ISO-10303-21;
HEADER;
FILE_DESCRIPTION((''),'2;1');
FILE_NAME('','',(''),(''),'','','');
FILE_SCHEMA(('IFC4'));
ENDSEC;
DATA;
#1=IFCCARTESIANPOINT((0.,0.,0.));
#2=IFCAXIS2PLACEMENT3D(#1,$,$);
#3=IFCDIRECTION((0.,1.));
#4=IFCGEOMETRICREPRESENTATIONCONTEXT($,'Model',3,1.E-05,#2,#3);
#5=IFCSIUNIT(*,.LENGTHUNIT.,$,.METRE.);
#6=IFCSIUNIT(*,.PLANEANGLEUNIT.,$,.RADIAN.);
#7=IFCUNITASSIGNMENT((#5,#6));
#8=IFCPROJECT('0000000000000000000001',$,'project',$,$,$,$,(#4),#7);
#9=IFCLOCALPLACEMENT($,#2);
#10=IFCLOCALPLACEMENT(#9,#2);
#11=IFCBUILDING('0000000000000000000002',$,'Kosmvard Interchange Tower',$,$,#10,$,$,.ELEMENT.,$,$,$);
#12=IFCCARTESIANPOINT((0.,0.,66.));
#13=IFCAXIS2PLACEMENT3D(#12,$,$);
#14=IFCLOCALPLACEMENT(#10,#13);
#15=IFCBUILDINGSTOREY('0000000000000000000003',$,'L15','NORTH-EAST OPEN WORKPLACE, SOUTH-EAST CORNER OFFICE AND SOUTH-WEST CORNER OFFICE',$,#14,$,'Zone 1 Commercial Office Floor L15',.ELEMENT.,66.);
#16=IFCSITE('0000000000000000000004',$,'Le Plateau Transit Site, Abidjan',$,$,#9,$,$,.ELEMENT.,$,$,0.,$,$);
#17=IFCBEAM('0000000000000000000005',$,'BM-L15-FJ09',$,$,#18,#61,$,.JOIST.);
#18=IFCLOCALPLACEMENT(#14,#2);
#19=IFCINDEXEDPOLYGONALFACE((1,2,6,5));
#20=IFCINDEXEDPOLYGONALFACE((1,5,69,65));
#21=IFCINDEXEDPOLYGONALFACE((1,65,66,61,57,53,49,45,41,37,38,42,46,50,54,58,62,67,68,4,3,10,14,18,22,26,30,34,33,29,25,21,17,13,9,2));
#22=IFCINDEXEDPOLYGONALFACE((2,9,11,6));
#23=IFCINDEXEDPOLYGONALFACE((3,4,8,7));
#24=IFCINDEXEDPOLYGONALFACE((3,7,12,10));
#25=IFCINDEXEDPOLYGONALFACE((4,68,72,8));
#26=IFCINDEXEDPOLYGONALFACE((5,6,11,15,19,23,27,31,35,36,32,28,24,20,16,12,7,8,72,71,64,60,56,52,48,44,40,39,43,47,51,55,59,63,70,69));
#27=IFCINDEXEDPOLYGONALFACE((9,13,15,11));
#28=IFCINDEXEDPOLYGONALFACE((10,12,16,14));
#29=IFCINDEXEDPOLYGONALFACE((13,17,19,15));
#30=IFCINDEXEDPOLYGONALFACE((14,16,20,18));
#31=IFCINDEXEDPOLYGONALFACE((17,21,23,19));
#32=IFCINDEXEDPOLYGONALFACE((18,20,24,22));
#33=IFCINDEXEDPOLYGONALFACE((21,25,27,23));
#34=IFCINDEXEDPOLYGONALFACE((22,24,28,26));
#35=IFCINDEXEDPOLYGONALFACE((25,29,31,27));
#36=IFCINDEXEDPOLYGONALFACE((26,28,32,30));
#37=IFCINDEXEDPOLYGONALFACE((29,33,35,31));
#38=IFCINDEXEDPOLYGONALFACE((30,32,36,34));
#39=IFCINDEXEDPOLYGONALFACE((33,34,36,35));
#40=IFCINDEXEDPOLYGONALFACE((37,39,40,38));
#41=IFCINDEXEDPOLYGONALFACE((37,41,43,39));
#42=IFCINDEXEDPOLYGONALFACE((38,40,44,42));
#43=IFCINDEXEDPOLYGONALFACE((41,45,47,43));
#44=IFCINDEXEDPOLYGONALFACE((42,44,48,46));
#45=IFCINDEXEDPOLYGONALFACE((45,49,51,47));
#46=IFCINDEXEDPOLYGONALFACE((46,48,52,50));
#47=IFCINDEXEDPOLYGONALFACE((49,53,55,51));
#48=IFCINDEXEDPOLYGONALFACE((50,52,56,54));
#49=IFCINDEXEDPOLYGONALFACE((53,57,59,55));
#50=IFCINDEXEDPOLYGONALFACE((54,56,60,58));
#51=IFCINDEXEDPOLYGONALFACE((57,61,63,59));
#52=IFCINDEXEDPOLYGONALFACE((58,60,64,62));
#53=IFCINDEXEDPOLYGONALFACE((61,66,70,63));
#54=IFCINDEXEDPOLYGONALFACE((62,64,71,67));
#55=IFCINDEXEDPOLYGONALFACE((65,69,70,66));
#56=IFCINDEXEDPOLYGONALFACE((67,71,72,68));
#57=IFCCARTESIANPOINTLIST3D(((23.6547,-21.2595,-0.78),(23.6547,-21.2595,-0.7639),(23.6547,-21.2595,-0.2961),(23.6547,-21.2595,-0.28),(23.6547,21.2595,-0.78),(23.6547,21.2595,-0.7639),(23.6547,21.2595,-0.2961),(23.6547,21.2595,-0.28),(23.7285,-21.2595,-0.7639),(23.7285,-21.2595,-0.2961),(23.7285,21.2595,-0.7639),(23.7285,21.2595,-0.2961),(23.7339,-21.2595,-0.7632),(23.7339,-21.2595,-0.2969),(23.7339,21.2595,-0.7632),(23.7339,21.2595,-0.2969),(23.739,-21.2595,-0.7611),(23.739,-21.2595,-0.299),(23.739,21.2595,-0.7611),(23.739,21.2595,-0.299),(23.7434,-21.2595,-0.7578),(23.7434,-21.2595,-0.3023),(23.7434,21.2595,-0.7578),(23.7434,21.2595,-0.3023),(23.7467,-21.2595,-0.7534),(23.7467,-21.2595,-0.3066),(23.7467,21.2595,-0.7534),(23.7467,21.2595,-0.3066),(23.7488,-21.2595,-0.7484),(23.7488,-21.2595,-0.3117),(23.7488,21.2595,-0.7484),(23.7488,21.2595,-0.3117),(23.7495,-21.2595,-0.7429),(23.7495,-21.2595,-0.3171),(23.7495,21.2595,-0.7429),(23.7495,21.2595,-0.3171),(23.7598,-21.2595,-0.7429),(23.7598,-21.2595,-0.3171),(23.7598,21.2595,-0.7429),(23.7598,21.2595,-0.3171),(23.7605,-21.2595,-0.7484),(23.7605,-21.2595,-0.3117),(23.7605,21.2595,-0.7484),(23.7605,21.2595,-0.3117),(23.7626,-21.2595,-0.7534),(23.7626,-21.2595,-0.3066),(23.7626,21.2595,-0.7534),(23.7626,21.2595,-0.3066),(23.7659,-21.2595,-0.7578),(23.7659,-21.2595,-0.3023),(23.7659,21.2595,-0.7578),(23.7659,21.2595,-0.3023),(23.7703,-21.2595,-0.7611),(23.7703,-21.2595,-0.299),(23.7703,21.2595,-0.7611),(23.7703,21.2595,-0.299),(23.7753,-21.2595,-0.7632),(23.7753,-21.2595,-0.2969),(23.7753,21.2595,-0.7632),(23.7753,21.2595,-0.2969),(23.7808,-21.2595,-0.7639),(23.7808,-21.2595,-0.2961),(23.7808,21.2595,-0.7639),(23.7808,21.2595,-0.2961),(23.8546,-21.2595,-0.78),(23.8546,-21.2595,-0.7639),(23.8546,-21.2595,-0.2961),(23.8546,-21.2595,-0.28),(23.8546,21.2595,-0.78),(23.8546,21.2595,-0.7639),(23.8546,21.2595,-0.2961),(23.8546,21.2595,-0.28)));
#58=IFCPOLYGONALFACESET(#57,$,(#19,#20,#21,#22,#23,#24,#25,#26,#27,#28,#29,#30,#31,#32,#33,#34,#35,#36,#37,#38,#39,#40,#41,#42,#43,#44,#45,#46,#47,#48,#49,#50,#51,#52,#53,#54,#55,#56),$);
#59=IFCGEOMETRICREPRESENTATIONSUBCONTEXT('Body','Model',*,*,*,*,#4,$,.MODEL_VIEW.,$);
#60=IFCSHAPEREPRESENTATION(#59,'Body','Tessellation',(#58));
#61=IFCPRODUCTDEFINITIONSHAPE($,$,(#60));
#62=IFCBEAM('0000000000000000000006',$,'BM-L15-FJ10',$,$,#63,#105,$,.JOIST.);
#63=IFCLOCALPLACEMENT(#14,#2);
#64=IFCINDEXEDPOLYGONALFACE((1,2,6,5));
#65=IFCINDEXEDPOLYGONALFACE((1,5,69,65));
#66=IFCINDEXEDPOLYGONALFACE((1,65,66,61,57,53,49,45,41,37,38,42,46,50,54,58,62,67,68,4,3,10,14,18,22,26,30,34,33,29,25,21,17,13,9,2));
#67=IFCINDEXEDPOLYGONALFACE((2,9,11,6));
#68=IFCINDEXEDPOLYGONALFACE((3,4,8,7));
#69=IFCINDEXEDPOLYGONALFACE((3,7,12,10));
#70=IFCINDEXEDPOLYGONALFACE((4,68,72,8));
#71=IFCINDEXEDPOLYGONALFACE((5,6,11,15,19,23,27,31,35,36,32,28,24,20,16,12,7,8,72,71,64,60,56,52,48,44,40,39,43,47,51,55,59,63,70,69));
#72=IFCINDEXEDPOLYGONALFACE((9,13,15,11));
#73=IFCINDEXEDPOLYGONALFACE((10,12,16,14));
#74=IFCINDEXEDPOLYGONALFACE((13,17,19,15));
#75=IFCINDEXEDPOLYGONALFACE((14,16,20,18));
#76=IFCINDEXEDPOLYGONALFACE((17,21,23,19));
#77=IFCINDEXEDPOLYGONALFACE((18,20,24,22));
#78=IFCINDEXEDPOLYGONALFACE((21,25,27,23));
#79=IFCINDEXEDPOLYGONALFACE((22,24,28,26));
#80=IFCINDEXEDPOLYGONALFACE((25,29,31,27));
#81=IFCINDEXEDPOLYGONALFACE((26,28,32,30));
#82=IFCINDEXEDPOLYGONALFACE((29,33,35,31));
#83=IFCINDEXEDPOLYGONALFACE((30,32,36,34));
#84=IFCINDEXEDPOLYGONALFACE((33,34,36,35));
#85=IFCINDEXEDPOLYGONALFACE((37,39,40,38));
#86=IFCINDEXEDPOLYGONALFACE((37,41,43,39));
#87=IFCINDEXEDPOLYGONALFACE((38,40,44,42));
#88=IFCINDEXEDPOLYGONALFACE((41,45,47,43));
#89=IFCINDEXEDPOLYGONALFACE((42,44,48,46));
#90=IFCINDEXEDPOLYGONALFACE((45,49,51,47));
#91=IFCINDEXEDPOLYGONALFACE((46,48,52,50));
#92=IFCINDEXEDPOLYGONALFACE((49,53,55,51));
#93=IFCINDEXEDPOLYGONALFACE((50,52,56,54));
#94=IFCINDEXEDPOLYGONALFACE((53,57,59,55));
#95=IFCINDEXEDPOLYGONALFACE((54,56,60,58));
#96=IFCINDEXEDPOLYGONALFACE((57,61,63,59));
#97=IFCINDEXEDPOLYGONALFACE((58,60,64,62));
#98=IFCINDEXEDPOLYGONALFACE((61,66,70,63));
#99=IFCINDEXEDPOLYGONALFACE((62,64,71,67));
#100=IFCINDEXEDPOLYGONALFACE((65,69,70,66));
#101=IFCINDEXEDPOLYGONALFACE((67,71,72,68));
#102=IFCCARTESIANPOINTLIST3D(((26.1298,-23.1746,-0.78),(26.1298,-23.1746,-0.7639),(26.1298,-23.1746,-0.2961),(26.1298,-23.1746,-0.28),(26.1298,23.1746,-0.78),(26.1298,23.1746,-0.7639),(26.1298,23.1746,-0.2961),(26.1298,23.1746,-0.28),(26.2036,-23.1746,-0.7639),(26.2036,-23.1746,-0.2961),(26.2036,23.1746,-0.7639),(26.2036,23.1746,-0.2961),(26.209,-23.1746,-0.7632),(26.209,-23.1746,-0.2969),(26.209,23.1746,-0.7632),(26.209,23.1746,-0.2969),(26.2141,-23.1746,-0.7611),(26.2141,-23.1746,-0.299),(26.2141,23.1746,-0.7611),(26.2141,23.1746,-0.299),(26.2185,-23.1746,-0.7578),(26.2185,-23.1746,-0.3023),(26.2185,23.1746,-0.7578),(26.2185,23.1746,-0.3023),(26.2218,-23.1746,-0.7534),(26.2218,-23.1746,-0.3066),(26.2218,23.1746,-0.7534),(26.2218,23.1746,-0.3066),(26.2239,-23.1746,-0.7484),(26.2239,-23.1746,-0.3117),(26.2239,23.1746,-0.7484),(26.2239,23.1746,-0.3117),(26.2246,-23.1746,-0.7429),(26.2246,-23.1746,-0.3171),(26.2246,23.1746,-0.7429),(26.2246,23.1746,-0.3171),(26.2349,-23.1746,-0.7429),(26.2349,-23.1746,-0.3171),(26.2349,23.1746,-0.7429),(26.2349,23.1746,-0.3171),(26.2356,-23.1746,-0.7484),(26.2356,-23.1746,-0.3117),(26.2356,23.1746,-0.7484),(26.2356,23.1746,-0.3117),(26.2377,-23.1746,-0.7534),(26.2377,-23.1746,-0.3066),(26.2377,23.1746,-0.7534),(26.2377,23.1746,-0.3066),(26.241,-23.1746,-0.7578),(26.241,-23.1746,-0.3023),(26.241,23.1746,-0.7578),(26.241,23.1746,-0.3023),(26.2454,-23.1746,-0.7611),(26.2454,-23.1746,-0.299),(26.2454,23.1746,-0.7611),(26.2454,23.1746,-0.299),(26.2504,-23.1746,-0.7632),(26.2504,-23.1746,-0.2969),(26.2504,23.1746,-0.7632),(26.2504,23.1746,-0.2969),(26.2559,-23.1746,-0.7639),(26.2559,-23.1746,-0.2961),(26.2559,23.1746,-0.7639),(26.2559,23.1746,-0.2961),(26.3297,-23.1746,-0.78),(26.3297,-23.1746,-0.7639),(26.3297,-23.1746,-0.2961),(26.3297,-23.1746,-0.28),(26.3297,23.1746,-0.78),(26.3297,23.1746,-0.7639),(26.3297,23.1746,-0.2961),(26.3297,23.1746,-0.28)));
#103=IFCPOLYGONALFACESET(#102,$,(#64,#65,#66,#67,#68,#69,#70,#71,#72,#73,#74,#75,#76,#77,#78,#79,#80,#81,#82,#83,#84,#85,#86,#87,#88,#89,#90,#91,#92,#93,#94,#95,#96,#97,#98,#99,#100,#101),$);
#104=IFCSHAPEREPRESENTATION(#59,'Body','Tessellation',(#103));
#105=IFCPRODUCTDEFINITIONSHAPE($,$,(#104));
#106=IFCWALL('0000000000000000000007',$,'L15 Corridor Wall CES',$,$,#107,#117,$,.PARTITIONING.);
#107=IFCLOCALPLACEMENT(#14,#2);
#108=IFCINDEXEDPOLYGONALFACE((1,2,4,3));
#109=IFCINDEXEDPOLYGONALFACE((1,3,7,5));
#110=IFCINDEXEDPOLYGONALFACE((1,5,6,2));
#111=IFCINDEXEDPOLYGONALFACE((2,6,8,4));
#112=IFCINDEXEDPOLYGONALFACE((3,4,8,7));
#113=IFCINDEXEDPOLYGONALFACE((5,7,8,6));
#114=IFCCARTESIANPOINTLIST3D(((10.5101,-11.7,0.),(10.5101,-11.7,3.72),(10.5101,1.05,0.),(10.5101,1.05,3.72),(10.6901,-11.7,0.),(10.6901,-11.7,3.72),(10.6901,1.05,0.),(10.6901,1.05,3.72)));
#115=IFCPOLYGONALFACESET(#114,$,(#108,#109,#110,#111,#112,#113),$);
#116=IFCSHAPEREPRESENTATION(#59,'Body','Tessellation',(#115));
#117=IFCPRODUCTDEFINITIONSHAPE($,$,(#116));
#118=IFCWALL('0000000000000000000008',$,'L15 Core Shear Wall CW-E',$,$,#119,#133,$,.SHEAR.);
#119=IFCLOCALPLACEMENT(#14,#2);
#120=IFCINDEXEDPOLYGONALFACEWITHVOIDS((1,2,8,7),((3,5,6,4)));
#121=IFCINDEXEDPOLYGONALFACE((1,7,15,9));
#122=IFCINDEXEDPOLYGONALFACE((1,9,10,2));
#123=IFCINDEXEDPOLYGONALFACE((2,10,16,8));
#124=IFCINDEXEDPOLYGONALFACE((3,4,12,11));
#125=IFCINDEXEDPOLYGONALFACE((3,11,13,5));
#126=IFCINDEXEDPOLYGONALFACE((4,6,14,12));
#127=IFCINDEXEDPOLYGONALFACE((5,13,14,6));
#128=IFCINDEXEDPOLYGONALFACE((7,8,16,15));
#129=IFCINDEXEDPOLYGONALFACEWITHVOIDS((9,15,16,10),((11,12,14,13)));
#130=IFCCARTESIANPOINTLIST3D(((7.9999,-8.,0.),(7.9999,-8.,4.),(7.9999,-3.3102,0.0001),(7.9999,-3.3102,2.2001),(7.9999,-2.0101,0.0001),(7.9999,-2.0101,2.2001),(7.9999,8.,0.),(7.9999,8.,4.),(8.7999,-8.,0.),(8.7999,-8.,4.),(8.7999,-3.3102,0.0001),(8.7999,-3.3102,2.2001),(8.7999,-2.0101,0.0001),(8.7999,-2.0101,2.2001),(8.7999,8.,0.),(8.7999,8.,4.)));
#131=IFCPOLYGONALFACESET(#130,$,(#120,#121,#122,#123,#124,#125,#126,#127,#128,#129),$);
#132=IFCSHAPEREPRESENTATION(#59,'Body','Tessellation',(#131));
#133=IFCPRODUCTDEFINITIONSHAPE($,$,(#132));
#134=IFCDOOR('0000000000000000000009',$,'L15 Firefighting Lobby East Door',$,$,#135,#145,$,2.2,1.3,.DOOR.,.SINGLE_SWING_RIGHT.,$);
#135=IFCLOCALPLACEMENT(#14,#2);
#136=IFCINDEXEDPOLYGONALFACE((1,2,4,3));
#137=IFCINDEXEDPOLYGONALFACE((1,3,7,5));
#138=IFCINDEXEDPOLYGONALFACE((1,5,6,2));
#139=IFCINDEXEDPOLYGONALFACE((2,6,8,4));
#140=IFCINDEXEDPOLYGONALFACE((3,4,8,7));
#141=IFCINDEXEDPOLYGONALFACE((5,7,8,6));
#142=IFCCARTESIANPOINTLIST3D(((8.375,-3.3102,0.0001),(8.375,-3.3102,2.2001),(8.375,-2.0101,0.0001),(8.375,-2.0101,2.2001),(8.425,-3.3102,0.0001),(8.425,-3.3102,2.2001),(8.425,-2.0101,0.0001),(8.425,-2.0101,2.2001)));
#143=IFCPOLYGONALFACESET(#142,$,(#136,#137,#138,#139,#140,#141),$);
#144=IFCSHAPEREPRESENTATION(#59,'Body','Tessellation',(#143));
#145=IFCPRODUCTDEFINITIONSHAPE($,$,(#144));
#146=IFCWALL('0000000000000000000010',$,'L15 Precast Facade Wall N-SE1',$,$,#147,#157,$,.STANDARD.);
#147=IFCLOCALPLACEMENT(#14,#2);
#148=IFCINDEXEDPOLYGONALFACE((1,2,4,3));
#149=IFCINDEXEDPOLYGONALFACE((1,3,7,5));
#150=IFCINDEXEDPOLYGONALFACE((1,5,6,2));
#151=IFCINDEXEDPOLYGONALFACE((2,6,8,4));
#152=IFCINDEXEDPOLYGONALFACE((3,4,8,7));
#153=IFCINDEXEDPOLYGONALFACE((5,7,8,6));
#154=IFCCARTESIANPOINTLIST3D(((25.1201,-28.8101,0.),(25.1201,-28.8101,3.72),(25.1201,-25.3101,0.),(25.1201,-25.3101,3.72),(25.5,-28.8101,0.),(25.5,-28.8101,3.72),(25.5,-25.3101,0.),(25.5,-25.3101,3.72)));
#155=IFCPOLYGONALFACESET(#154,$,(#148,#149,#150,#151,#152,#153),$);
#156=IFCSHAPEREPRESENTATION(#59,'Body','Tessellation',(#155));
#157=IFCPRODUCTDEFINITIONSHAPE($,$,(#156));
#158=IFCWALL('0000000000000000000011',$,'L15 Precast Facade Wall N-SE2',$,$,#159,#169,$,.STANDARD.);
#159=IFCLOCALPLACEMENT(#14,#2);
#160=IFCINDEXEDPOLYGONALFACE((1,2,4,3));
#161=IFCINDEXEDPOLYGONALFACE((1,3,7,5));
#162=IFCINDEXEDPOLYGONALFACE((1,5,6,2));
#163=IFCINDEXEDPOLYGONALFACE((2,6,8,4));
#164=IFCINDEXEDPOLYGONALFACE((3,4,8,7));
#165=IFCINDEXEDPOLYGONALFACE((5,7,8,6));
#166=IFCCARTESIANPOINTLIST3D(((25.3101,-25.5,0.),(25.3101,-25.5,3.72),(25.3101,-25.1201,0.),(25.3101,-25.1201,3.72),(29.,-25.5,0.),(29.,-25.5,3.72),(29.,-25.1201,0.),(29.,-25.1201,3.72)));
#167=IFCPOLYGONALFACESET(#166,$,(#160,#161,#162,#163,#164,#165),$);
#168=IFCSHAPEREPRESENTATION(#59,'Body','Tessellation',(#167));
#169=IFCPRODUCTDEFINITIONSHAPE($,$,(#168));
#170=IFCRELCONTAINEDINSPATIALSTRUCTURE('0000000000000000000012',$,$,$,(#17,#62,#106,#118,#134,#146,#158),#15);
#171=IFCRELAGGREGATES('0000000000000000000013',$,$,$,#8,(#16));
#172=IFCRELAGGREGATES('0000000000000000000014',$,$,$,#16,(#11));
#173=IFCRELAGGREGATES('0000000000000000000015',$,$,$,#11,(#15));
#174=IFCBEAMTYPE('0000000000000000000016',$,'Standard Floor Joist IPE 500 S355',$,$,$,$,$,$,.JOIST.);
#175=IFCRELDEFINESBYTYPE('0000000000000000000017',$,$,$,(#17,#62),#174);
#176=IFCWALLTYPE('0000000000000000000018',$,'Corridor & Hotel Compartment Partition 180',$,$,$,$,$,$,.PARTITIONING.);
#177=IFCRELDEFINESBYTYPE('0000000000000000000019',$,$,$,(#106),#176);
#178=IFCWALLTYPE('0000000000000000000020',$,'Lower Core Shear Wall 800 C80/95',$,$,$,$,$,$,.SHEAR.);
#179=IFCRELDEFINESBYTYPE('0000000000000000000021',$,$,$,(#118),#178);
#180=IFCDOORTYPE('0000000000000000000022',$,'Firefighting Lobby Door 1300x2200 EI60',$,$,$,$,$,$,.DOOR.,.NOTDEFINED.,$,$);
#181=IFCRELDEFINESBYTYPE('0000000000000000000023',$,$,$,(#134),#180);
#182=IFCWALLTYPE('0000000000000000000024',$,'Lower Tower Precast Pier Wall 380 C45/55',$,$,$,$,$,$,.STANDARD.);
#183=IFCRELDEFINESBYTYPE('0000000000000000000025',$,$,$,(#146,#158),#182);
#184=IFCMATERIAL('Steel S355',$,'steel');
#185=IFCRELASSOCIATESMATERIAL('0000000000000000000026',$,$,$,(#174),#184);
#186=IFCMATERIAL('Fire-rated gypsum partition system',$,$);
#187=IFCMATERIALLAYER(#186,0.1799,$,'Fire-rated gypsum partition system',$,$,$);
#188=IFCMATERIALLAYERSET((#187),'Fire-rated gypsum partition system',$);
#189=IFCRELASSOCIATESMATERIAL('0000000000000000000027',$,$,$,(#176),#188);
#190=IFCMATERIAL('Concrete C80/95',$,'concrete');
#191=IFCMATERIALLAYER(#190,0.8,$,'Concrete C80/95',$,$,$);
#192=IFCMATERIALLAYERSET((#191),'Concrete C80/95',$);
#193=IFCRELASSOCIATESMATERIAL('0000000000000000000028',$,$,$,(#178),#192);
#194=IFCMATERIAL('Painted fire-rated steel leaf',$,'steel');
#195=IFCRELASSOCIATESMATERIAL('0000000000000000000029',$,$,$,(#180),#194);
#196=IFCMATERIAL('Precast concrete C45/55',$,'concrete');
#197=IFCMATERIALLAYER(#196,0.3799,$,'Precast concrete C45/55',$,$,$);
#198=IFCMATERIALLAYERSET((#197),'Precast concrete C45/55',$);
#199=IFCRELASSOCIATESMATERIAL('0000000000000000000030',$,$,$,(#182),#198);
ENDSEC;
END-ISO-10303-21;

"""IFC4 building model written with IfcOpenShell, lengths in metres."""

from ifc_helpers import new_model, si_unit, direction, frame, frame_2d, origin, origin_2d, place, context, subcontext, project, spatial, rectangle, i_section, extrude, source, transform, mapped, material, layer, layer_set, material_profile, profile_set, type_object, element, fill, save


model = new_model("IFC4")

# Units and contexts
model_context = context("Model", 3, precision=1e-05, world=origin(), true_north=direction((0.0, 1.0)))
body_context = subcontext(model_context, "Body", "Model", "MODEL_VIEW")
ifc_project = project(units=[si_unit("LENGTHUNIT", "METRE"), si_unit("PLANEANGLEUNIT", "RADIAN")], contexts=[model_context])

# Site, building, storey
site_placement = place(None, origin())
site = spatial("IfcSite", under=ifc_project, at=site_placement, Name="Le Plateau Transit Site, Abidjan", CompositionType="ELEMENT", RefElevation=0.0)
building_placement = place(site_placement, origin())
building = spatial("IfcBuilding", under=site, at=building_placement, Name="Kosmvard Interchange Tower", CompositionType="ELEMENT")
storey_placement = place(building_placement, frame((0.0, 0.0, 66.0)))
storey = spatial("IfcBuildingStorey", under=building, at=storey_placement, Name="L15", Description="NORTH-EAST OPEN WORKPLACE, SOUTH-EAST CORNER OFFICE AND SOUTH-WEST CORNER OFFICE", LongName="Zone 1 Commercial Office Floor L15", CompositionType="ELEMENT", Elevation=66.0)

# Shared definitions
ifc_material_1 = material(Name="Concrete C80/95", Category="concrete")

# Beams
ifc_material_2 = material(Name="Steel S355", Category="steel")
ifc_material_3 = material(Name="Precast concrete C45/55", Category="concrete")
ifc_material_profile_1 = material_profile(ifc_material_2, i_section(OverallWidth=0.2, OverallDepth=0.5, WebThickness=0.0103, FlangeThickness=0.0161, FilletRadius=0.021, at=origin_2d()), Name="IPE 500")
ifc_profile_set_1 = profile_set([ifc_material_profile_1], Name="Steel S355")
beam_type_1 = type_object("IfcBeamType", Name="Standard Floor Joist IPE 500 S355", PredefinedType="JOIST", material=ifc_profile_set_1)
shared_shape_1 = source(origin(), body_context, "Body", "SweptSolid", [
    extrude(i_section(OverallWidth=0.2, OverallDepth=0.5, WebThickness=0.0103, FlangeThickness=0.0161, FilletRadius=0.021, at=origin_2d()), origin(), (0.0, 0.0, 1.0), 42.519),
])
beam_1_placement = place(storey_placement, frame((23.7546, -21.2595, -0.53), z_axis=(0.0, 1.0, 0.0), x_axis=(-1.0, 0.0, 0.0)))
element("IfcBeam", 1, at=beam_1_placement, inside=storey, type_object=beam_type_1, Name="BM-L15-FJ09", PredefinedType="JOIST", context=body_context, shape_type="MappedRepresentation", body=[
    mapped(shared_shape_1, transform((0.0, 0.0, 0.0), scale=1.0)),
])
shared_shape_2 = source(origin(), body_context, "Body", "SweptSolid", [
    extrude(i_section(OverallWidth=0.2, OverallDepth=0.5, WebThickness=0.0103, FlangeThickness=0.0161, FilletRadius=0.021, at=origin_2d()), origin(), (0.0, 0.0, 1.0), 46.3491),
])
beam_2_placement = place(storey_placement, frame((26.2297, -23.1746, -0.53), z_axis=(0.0, 1.0, 0.0), x_axis=(-1.0, 0.0, 0.0)))
element("IfcBeam", 2, at=beam_2_placement, inside=storey, type_object=beam_type_1, Name="BM-L15-FJ10", PredefinedType="JOIST", context=body_context, shape_type="MappedRepresentation", body=[
    mapped(shared_shape_2, transform((0.0, 0.0, 0.0), scale=1.0)),
])

# Wall
ifc_material_4 = material(Name="Fire-rated gypsum partition system")
ifc_layer_1 = layer(ifc_material_4, 0.1799, Name="Fire-rated gypsum partition system")
ifc_layer_set_1 = layer_set([ifc_layer_1], Name="Fire-rated gypsum partition system")
wall_type_1 = type_object("IfcWallType", Name="Corridor & Hotel Compartment Partition 180", PredefinedType="PARTITIONING", material=ifc_layer_set_1)
wall_1_placement = place(storey_placement, frame((10.6001, -11.7, 0.0), z_axis=(0.0, 0.0, 1.0), x_axis=(0.0, 1.0, 0.0)))
element("IfcWall", 3, at=wall_1_placement, inside=storey, type_object=wall_type_1, Name="L15 Corridor Wall CES", PredefinedType="PARTITIONING", context=body_context, shape_type="SweptSolid", body=[
    extrude(rectangle(XDim=12.75, YDim=0.1799, at=frame_2d((6.375, 0.0))), origin(), (0.0, 0.0, 1.0), 3.72),
])

# Wall, opening, door
ifc_layer_2 = layer(ifc_material_1, 0.8, Name="Concrete C80/95")
ifc_layer_set_2 = layer_set([ifc_layer_2], Name="Concrete C80/95")
wall_type_2 = type_object("IfcWallType", Name="Lower Core Shear Wall 800 C80/95", PredefinedType="SHEAR", material=ifc_layer_set_2)
wall_2_placement = place(storey_placement, frame((8.3999, -8.0, 0.0), z_axis=(0.0, 0.0, 1.0), x_axis=(0.0, 1.0, 0.0)))
wall_2 = element("IfcWall", 4, at=wall_2_placement, inside=storey, type_object=wall_type_2, Name="L15 Core Shear Wall CW-E", PredefinedType="SHEAR", context=body_context, shape_type="SweptSolid", body=[
    extrude(rectangle(XDim=16.0, YDim=0.8, at=frame_2d((8.0, 0.0))), origin(), (0.0, 0.0, 1.0), 4.0),
])
opening_1_placement = place(wall_2_placement, frame((4.6899, 0.0, 0.0)))
opening_1 = element("IfcOpeningElement", 5, at=opening_1_placement, cuts=wall_2, PredefinedType="OPENING", context=body_context, shape_type="SweptSolid", body=[
    extrude(rectangle(XDim=1.3, YDim=2.2, at=frame_2d((0.6499, 1.1001))), frame((0.0, 0.4102, 0.0), z_axis=(0.0, -1.0, 0.0), x_axis=(1.0, 0.0, 0.0)), (0.0, 0.0, 1.0), 0.8201),
])
ifc_material_5 = material(Name="Painted fire-rated steel leaf", Category="steel")
door_type = type_object("IfcDoorType", Name="Firefighting Lobby Door 1300x2200 EI60", OperationType="NOTDEFINED", PredefinedType="DOOR", material=ifc_material_5)
shared_shape_3 = source(origin(), body_context, "Body", "SweptSolid", [
    extrude(rectangle(XDim=1.3, YDim=2.2, at=frame_2d((0.6499, 1.1001))), frame((0.0, 0.0249, 0.0), z_axis=(0.0, -1.0, 0.0), x_axis=(1.0, 0.0, 0.0)), (0.0, 0.0, 1.0), 0.05),
])
door_placement = place(opening_1_placement, origin())
door = element("IfcDoor", 6, at=door_placement, inside=storey, type_object=door_type, Name="L15 Firefighting Lobby East Door", OperationType="SINGLE_SWING_RIGHT", OverallHeight=2.2, OverallWidth=1.3, PredefinedType="DOOR", context=body_context, shape_type="MappedRepresentation", body=[
    mapped(shared_shape_3, transform((0.0, 0.0, 0.0), scale=1.0)),
])
fill(opening_1, door)

# Walls
ifc_layer_3 = layer(ifc_material_3, 0.3799, Name="Precast concrete C45/55")
ifc_layer_set_3 = layer_set([ifc_layer_3], Name="Precast concrete C45/55")
wall_type_3 = type_object("IfcWallType", Name="Lower Tower Precast Pier Wall 380 C45/55", PredefinedType="STANDARD", material=ifc_layer_set_3)
wall_3_placement = place(storey_placement, frame((25.3101, -28.8101, 0.0), z_axis=(0.0, 0.0, 1.0), x_axis=(0.0, 1.0, 0.0)))
element("IfcWall", 7, at=wall_3_placement, inside=storey, type_object=wall_type_3, Name="L15 Precast Facade Wall N-SE1", PredefinedType="STANDARD", context=body_context, shape_type="SweptSolid", body=[
    extrude(rectangle(XDim=3.5, YDim=0.3799, at=frame_2d((1.75, 0.0))), origin(), (0.0, 0.0, 1.0), 3.72),
])
wall_4_placement = place(storey_placement, frame((25.3101, -25.3101, 0.0), z_axis=(0.0, 0.0, 1.0), x_axis=(1.0, 0.0, 0.0)))
element("IfcWall", 8, at=wall_4_placement, inside=storey, type_object=wall_type_3, Name="L15 Precast Facade Wall N-SE2", PredefinedType="STANDARD", context=body_context, shape_type="SweptSolid", body=[
    extrude(rectangle(XDim=3.6899, YDim=0.3799, at=frame_2d((1.845, 0.0))), origin(), (0.0, 0.0, 1.0), 3.72),
])

save(model, "model.ifc")
